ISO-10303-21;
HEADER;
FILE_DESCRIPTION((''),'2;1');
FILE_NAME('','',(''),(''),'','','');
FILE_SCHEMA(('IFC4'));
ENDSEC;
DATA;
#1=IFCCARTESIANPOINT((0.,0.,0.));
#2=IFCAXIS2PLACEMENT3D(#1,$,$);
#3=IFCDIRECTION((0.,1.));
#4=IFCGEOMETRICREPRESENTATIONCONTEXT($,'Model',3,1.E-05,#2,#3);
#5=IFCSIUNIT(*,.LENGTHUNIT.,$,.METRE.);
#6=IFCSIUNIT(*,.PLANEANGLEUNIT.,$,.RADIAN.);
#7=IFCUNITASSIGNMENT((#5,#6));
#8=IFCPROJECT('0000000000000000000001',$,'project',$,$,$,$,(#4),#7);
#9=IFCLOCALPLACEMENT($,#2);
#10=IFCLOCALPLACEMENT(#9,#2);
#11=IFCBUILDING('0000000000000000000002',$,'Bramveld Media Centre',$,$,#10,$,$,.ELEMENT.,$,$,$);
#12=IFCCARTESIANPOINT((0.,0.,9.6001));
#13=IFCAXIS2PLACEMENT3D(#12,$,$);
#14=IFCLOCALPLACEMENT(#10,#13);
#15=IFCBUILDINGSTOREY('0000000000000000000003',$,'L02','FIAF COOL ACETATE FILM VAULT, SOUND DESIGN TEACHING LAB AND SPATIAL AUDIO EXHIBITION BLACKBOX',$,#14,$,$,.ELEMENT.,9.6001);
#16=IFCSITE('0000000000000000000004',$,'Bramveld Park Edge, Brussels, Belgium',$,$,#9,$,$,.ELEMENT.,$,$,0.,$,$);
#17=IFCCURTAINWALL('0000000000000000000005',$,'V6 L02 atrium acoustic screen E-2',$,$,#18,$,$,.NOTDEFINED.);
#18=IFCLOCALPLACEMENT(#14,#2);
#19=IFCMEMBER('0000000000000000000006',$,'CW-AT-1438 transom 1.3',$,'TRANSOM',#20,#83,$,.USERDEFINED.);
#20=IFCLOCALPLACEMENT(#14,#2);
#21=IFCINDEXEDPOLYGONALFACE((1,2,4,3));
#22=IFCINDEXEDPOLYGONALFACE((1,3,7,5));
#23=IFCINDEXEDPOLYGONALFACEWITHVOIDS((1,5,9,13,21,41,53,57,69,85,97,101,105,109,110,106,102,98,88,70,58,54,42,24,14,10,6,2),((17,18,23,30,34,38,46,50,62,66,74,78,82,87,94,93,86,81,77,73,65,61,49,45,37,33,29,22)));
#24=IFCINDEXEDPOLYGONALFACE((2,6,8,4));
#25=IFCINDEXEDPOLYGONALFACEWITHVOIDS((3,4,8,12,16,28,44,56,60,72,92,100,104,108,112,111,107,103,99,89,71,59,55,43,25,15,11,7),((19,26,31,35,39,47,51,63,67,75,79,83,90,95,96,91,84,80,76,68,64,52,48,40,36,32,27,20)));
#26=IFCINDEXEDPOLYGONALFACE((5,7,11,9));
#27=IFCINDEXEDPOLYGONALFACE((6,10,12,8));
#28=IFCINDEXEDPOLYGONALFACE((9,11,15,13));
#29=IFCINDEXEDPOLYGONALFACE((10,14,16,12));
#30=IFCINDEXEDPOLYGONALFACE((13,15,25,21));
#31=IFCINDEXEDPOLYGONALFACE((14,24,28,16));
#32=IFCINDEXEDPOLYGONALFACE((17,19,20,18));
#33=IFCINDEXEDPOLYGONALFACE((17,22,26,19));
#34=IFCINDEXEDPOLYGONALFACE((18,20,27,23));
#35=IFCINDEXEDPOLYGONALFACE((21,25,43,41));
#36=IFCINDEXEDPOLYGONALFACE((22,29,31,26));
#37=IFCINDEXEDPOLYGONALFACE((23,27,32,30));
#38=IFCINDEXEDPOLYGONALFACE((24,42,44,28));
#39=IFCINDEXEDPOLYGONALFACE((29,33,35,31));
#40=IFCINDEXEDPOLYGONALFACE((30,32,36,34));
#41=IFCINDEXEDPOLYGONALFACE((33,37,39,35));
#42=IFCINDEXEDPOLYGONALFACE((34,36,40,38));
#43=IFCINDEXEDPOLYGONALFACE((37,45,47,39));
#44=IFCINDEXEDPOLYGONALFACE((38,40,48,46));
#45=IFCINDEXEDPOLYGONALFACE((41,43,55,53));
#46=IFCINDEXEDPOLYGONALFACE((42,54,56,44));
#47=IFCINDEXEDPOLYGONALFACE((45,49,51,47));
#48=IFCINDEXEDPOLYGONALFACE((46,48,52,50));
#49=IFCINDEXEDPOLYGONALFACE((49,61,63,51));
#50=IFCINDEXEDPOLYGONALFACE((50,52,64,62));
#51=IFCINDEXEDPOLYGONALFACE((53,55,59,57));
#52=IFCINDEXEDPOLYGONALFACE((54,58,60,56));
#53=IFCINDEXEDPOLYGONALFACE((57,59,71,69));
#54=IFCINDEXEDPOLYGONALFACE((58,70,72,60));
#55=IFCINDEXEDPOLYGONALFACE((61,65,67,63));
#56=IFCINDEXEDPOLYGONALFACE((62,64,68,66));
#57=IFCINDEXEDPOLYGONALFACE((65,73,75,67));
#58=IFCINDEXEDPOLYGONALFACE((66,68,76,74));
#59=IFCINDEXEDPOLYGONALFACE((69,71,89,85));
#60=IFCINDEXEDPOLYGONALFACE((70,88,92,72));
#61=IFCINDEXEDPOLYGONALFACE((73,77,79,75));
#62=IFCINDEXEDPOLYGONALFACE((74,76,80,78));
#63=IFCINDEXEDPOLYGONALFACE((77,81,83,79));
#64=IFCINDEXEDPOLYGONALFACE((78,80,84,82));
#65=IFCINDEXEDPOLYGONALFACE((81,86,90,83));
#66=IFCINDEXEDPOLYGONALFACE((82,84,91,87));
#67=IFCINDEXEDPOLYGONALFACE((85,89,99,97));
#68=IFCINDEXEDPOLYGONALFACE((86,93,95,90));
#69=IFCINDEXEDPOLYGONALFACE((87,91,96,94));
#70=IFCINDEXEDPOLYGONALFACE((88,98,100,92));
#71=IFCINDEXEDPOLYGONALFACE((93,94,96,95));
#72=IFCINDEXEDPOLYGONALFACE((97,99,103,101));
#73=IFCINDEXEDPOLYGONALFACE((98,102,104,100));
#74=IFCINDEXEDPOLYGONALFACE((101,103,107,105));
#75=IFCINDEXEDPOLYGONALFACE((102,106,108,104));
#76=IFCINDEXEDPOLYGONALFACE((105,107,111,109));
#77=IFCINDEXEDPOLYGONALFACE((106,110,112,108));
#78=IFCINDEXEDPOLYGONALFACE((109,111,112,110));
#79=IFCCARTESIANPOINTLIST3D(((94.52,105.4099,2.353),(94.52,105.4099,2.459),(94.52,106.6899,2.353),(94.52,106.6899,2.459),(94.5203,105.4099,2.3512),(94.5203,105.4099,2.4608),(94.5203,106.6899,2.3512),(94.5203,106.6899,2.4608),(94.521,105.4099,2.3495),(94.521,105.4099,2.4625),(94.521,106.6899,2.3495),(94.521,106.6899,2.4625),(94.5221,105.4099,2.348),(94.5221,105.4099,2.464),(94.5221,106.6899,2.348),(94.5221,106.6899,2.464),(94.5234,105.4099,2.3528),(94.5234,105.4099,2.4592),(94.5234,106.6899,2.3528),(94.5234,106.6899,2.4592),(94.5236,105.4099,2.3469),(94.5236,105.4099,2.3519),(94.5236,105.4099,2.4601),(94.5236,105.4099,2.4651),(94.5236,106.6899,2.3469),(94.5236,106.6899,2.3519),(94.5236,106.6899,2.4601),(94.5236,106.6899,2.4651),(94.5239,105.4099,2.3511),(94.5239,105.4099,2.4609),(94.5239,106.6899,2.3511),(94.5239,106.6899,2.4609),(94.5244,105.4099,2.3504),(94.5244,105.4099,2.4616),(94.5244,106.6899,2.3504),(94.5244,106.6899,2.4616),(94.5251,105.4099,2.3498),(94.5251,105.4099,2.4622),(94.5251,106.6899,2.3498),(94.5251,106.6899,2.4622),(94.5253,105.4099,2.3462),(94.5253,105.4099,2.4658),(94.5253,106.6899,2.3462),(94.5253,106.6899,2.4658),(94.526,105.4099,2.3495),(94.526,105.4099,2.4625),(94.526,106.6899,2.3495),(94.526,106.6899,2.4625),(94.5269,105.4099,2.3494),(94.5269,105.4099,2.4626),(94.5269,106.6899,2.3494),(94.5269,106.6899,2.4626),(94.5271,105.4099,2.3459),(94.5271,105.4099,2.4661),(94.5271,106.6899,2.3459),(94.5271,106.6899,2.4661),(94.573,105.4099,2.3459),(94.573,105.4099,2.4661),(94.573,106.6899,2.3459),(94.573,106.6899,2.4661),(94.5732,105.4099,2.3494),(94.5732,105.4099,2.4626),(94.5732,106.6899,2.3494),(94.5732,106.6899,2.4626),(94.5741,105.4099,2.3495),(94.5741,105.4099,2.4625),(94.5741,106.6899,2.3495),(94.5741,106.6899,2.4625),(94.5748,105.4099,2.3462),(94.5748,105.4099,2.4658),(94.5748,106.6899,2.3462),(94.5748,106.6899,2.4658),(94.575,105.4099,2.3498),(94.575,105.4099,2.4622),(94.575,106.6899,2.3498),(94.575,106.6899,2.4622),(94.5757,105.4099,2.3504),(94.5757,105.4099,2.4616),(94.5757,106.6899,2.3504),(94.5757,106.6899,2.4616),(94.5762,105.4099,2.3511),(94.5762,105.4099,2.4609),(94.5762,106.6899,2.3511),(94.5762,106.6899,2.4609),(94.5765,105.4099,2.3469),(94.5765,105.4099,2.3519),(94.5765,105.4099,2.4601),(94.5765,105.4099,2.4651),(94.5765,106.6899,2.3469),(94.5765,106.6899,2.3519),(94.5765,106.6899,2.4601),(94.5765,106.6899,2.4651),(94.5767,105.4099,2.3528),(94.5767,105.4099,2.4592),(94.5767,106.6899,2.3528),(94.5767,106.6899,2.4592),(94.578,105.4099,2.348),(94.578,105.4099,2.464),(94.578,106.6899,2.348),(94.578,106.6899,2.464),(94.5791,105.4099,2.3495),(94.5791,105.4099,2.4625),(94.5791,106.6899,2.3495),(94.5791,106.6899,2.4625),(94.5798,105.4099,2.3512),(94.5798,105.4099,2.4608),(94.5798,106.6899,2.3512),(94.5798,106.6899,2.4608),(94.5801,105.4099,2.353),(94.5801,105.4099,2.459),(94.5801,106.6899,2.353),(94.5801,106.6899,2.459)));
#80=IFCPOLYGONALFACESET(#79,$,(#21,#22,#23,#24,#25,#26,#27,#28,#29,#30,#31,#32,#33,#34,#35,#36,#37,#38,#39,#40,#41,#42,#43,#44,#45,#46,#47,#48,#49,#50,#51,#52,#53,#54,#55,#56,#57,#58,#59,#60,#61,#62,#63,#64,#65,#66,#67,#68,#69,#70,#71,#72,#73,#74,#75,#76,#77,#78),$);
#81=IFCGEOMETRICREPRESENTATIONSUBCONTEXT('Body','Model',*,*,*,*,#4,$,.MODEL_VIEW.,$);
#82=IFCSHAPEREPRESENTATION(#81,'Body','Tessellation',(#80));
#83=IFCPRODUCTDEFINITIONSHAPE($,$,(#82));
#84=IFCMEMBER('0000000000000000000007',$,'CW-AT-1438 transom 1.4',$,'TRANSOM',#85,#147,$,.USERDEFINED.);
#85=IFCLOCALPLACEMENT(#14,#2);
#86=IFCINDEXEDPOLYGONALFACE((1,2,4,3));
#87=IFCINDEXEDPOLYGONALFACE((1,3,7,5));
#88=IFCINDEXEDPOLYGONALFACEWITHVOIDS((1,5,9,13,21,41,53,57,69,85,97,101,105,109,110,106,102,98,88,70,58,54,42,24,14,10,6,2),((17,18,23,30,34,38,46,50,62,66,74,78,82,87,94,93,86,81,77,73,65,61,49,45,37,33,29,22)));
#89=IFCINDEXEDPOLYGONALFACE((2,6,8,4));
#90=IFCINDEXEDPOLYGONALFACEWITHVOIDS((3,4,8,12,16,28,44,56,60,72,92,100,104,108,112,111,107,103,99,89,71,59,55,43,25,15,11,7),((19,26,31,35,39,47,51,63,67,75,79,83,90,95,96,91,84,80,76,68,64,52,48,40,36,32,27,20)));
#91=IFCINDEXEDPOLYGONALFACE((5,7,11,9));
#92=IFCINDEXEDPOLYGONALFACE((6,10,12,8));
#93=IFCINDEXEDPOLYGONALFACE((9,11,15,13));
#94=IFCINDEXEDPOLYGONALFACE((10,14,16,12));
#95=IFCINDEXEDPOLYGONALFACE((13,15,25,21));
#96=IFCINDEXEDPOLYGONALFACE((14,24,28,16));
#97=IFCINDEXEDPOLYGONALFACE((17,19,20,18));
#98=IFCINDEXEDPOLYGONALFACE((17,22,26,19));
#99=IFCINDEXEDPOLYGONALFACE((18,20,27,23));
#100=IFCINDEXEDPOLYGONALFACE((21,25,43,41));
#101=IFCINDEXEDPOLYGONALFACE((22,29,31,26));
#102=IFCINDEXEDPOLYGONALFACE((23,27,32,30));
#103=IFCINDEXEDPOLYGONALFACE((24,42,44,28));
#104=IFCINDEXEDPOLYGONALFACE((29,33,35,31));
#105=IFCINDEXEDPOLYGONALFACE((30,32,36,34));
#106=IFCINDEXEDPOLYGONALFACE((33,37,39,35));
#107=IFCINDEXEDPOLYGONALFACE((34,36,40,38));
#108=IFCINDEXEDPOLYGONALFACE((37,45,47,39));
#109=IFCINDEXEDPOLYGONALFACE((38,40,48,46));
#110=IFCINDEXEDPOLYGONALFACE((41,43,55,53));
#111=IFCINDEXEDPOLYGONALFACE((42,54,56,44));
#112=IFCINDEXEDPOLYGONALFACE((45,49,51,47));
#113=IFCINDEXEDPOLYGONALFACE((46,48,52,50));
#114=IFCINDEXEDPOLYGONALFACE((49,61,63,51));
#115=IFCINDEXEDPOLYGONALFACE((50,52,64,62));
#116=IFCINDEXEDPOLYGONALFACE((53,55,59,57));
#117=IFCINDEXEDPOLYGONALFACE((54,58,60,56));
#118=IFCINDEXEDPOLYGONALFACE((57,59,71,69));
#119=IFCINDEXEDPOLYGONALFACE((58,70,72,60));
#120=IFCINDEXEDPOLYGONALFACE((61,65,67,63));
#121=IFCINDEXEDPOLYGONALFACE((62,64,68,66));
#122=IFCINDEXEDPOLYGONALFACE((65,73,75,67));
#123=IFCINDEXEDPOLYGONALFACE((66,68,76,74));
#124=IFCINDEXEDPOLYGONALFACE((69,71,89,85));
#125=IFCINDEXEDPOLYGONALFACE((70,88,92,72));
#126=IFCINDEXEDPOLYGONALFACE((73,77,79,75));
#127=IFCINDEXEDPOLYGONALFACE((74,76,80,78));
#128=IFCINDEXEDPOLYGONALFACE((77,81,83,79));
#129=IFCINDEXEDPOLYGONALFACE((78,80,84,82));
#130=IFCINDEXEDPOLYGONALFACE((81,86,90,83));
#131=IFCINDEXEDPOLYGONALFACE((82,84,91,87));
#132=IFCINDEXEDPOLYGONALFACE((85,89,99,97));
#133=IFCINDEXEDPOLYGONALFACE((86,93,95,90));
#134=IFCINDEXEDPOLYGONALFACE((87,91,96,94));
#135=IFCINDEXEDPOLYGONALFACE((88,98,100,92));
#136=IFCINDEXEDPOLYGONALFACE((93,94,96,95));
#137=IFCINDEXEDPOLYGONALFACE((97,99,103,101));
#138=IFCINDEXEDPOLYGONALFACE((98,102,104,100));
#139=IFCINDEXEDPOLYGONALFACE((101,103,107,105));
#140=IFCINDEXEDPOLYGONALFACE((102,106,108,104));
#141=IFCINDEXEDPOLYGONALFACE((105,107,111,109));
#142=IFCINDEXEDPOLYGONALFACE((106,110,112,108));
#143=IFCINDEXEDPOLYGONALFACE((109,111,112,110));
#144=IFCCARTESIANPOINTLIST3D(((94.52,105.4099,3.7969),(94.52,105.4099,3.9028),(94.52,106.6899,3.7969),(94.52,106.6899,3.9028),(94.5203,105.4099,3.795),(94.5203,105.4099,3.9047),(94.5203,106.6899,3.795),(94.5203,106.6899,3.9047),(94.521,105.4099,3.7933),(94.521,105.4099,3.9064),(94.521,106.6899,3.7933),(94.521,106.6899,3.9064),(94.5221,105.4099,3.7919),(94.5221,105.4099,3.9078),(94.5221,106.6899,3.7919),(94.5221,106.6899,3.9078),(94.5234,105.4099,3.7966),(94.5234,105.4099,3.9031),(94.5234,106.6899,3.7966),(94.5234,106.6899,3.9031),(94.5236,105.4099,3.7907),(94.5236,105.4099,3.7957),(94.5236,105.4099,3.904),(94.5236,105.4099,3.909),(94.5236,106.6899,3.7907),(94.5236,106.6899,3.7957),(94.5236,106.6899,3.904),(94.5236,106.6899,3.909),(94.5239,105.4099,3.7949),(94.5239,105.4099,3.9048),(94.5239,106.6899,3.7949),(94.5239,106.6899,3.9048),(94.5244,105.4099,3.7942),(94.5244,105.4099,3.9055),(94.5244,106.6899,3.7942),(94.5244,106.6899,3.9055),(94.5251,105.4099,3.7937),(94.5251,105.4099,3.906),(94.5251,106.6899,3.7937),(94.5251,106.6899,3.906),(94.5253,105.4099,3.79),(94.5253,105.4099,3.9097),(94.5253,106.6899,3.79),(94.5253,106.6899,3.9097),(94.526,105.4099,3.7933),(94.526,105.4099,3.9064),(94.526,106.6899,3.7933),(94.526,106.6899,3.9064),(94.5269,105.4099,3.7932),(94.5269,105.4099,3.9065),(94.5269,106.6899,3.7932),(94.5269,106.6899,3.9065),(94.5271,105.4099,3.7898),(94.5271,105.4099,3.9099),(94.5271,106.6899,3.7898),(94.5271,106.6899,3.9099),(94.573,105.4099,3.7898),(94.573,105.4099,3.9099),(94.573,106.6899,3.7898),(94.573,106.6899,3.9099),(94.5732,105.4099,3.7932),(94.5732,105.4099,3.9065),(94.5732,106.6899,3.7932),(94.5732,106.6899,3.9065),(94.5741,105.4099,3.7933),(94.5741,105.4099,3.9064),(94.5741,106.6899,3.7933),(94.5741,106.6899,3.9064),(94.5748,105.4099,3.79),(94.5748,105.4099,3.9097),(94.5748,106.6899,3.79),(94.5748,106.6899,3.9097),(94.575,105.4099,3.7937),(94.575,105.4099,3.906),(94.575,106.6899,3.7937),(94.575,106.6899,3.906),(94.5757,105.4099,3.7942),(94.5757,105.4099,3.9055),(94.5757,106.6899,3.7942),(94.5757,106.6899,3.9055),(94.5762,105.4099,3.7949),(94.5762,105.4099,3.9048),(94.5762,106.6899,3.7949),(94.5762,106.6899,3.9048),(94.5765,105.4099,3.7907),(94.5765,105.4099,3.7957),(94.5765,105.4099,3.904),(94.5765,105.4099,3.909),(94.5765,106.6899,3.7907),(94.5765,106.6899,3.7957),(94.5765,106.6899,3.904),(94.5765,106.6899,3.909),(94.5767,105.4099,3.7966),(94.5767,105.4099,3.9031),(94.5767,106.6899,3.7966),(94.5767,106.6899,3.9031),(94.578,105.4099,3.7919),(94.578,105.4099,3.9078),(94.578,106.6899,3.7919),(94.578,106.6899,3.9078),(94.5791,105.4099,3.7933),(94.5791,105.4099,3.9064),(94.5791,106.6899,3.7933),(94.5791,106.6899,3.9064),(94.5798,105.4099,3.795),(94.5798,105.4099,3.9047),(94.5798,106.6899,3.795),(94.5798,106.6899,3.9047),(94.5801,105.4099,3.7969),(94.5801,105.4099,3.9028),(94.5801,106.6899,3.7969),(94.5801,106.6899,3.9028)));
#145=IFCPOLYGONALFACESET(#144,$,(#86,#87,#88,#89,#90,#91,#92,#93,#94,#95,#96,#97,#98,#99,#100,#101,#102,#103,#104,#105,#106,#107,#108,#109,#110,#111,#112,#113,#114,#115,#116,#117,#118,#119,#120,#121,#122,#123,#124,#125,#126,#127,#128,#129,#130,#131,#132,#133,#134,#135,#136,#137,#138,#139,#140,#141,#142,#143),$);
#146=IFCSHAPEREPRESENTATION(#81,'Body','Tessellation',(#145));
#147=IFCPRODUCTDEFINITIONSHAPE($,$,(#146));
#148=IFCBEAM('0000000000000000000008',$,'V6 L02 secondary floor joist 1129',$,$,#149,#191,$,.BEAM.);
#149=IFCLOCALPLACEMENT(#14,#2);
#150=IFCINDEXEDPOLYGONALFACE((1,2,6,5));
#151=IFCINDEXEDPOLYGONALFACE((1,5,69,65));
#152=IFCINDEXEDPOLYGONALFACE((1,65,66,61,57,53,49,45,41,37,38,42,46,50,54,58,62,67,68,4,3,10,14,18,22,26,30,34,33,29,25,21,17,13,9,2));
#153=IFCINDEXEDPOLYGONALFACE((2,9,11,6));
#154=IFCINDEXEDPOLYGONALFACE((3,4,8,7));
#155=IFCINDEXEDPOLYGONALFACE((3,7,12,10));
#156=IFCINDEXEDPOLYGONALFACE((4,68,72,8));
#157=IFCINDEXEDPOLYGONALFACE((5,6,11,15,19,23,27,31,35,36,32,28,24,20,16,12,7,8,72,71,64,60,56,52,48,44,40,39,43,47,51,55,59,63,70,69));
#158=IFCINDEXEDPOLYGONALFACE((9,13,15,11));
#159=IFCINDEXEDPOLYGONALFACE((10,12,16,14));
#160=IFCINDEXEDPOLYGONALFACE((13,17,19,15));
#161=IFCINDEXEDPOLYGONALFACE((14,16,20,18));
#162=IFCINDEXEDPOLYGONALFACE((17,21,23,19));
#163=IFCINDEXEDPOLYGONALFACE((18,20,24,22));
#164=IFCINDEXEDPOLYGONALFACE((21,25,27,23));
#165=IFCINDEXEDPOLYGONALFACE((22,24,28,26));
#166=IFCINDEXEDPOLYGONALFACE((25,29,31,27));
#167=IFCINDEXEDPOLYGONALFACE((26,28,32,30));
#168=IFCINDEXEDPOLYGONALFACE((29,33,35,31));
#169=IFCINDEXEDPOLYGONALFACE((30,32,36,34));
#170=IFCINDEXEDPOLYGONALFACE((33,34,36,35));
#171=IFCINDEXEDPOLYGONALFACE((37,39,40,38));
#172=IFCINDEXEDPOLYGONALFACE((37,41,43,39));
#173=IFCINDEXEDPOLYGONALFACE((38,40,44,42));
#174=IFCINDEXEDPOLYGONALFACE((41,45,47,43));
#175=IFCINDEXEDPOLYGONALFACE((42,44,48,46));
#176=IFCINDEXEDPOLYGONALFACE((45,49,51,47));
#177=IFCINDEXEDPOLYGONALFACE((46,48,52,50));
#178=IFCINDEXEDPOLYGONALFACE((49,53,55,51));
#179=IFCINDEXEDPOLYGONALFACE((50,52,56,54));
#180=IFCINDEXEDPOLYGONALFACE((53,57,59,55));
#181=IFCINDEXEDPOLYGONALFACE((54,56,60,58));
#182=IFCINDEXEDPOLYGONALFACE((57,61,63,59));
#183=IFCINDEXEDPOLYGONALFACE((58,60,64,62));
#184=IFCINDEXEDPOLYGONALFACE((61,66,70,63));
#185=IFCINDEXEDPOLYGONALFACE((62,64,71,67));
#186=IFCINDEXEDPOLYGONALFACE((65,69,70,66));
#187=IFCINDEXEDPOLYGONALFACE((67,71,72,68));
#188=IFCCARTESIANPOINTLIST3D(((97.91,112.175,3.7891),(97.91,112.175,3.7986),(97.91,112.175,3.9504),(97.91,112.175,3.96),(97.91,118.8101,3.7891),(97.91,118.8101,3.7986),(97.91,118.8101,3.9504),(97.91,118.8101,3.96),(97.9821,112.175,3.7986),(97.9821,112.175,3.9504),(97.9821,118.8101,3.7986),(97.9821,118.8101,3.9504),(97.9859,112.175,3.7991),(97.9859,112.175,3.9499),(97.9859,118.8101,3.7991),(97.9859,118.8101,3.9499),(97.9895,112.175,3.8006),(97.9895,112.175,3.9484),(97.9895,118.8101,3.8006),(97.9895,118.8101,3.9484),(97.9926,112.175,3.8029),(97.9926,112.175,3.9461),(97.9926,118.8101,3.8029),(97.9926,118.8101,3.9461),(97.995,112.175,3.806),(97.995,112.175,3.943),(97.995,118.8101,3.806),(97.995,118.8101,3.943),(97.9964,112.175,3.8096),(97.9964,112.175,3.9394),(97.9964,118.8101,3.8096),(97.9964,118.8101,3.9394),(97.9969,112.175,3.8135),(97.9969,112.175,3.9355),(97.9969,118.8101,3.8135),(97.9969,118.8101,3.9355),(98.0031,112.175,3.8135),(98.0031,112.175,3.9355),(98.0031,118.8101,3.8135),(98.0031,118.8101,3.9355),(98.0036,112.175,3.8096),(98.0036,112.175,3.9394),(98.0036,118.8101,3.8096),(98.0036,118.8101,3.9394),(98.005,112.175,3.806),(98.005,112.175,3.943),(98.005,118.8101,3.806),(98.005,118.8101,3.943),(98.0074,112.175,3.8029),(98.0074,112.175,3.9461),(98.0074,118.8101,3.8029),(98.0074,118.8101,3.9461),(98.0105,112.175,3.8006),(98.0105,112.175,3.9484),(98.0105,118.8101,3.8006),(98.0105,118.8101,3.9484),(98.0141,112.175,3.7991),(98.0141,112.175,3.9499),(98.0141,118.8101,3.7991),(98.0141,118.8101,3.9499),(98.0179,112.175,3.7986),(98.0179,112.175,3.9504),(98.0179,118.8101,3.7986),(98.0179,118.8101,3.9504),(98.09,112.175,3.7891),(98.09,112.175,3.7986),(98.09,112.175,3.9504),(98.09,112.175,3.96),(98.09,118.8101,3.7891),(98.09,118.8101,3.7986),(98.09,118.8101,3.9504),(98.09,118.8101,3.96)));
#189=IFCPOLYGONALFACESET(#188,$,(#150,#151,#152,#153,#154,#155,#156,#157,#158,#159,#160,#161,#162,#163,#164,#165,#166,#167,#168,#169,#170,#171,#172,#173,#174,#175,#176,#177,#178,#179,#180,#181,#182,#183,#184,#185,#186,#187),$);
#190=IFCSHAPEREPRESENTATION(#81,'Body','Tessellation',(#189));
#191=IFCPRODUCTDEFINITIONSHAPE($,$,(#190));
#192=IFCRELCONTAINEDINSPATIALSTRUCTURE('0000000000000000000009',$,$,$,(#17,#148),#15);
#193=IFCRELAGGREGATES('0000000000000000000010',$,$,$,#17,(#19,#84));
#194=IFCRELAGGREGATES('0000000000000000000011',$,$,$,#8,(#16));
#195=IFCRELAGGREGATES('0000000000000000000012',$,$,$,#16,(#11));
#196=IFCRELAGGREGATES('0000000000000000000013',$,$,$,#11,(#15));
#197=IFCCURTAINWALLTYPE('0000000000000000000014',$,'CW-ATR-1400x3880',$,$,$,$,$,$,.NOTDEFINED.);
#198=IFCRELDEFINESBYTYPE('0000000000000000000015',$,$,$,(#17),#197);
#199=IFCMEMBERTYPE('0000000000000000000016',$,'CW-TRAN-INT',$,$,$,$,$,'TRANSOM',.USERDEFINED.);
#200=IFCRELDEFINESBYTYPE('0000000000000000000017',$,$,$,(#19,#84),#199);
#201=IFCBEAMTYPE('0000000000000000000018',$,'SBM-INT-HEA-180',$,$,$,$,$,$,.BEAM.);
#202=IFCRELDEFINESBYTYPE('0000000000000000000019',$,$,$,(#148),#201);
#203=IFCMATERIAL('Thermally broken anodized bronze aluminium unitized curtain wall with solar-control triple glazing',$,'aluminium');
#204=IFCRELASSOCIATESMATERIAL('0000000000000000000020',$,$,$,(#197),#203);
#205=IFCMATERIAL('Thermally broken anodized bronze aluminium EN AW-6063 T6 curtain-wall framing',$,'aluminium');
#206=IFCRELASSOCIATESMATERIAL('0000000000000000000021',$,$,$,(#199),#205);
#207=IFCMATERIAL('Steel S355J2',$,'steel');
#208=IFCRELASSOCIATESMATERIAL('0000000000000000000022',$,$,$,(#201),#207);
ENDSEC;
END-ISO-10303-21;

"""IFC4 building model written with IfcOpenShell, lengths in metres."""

from ifc_helpers import new_model, si_unit, direction, frame, origin, origin_2d, place, context, subcontext, project, spatial, hollow_rectangle, i_section, extrude, material, material_profile, profile_set, type_object, element, aggregate, save


model = new_model("IFC4")

# Units and contexts
model_context = context("Model", 3, precision=1e-05, world=origin(), true_north=direction((0.0, 1.0)))
body_context = subcontext(model_context, "Body", "Model", "MODEL_VIEW")
ifc_project = project(units=[si_unit("LENGTHUNIT", "METRE"), si_unit("PLANEANGLEUNIT", "RADIAN")], contexts=[model_context])

# Site, building, storey
site_placement = place(None, origin())
site = spatial("IfcSite", under=ifc_project, at=site_placement, Name="Bramveld Park Edge, Brussels, Belgium", CompositionType="ELEMENT", RefElevation=0.0)
building_placement = place(site_placement, origin())
building = spatial("IfcBuilding", under=site, at=building_placement, Name="Bramveld Media Centre", CompositionType="ELEMENT")
storey_placement = place(building_placement, frame((0.0, 0.0, 9.6001)))
storey = spatial("IfcBuildingStorey", under=building, at=storey_placement, Name="L02", Description="FIAF COOL ACETATE FILM VAULT, SOUND DESIGN TEACHING LAB AND SPATIAL AUDIO EXHIBITION BLACKBOX", CompositionType="ELEMENT", Elevation=9.6001)

# Curtain wall
ifc_material_1 = material(Name="Thermally broken anodized bronze aluminium unitized curtain wall with solar-control triple glazing", Category="aluminium")
curtain_wall_type_1 = type_object("IfcCurtainWallType", Name="CW-ATR-1400x3880", PredefinedType="NOTDEFINED", material=ifc_material_1)
curtain_wall_1_placement = place(storey_placement, origin())
curtain_wall_1 = element("IfcCurtainWall", 1, at=curtain_wall_1_placement, inside=storey, type_object=curtain_wall_type_1, Name="V6 L02 atrium acoustic screen E-2", PredefinedType="NOTDEFINED")

# Members
ifc_material_2 = material(Name="Thermally broken anodized bronze aluminium EN AW-6063 T6 curtain-wall framing", Category="aluminium")
ifc_material_profile_1 = material_profile(ifc_material_2, hollow_rectangle(XDim=0.0601, YDim=0.1201, WallThickness=0.0034, InnerFilletRadius=0.0034, OuterFilletRadius=0.0071, at=origin_2d()), Name="AL-TRAN 60x120")
ifc_profile_set_1 = profile_set([ifc_material_profile_1], Name="Thermally broken anodized bronze aluminium EN AW-6063 T6 curtain-wall framing")
member_type_1 = type_object("IfcMemberType", Name="CW-TRAN-INT", ElementType="TRANSOM", PredefinedType="USERDEFINED", material=ifc_profile_set_1)
member_1_placement = place(storey_placement, frame((94.55, 105.4099, 2.406), z_axis=(0.0, 1.0, 0.0), x_axis=(-1.0, 0.0, 0.0)))
member_1 = element("IfcMember", 2, at=member_1_placement, type_object=member_type_1, Name="CW-AT-1438 transom 1.3", ObjectType="TRANSOM", PredefinedType="USERDEFINED", context=body_context, shape_type="SweptSolid", body=[
    extrude(hollow_rectangle(XDim=0.0601, YDim=0.1201, WallThickness=0.0034, InnerFilletRadius=0.0034, OuterFilletRadius=0.0071, at=origin_2d()), origin(), (0.0, 0.0, 1.0), 1.28),
])
member_2_placement = place(storey_placement, frame((94.55, 105.4099, 3.8499), z_axis=(0.0, 1.0, 0.0), x_axis=(-1.0, 0.0, 0.0)))
member_2 = element("IfcMember", 3, at=member_2_placement, type_object=member_type_1, Name="CW-AT-1438 transom 1.4", ObjectType="TRANSOM", PredefinedType="USERDEFINED", context=body_context, shape_type="SweptSolid", body=[
    extrude(hollow_rectangle(XDim=0.0601, YDim=0.1201, WallThickness=0.0034, InnerFilletRadius=0.0034, OuterFilletRadius=0.0071, at=origin_2d()), origin(), (0.0, 0.0, 1.0), 1.28),
])

# Beam
ifc_material_3 = material(Name="Steel S355J2", Category="steel")
ifc_material_profile_2 = material_profile(ifc_material_3, i_section(OverallWidth=0.1799, OverallDepth=0.1709, WebThickness=0.0061, FlangeThickness=0.0095, FilletRadius=0.0149, at=origin_2d()), Name="HEA 180")
ifc_profile_set_2 = profile_set([ifc_material_profile_2], Name="Steel S355J2")
beam_type_1 = type_object("IfcBeamType", Name="SBM-INT-HEA-180", PredefinedType="BEAM", material=ifc_profile_set_2)
beam_1_placement = place(storey_placement, frame((98.0, 112.175, 3.8745), z_axis=(0.0, 1.0, 0.0), x_axis=(-1.0, 0.0, 0.0)))
element("IfcBeam", 4, at=beam_1_placement, inside=storey, type_object=beam_type_1, Name="V6 L02 secondary floor joist 1129", PredefinedType="BEAM", context=body_context, shape_type="SweptSolid", body=[
    extrude(i_section(OverallWidth=0.1799, OverallDepth=0.1709, WebThickness=0.0061, FlangeThickness=0.0095, FilletRadius=0.0149, at=origin_2d()), origin(), (0.0, 0.0, 1.0), 6.635),
])

aggregate(curtain_wall_1, [member_1, member_2])

save(model, "model.ifc")
